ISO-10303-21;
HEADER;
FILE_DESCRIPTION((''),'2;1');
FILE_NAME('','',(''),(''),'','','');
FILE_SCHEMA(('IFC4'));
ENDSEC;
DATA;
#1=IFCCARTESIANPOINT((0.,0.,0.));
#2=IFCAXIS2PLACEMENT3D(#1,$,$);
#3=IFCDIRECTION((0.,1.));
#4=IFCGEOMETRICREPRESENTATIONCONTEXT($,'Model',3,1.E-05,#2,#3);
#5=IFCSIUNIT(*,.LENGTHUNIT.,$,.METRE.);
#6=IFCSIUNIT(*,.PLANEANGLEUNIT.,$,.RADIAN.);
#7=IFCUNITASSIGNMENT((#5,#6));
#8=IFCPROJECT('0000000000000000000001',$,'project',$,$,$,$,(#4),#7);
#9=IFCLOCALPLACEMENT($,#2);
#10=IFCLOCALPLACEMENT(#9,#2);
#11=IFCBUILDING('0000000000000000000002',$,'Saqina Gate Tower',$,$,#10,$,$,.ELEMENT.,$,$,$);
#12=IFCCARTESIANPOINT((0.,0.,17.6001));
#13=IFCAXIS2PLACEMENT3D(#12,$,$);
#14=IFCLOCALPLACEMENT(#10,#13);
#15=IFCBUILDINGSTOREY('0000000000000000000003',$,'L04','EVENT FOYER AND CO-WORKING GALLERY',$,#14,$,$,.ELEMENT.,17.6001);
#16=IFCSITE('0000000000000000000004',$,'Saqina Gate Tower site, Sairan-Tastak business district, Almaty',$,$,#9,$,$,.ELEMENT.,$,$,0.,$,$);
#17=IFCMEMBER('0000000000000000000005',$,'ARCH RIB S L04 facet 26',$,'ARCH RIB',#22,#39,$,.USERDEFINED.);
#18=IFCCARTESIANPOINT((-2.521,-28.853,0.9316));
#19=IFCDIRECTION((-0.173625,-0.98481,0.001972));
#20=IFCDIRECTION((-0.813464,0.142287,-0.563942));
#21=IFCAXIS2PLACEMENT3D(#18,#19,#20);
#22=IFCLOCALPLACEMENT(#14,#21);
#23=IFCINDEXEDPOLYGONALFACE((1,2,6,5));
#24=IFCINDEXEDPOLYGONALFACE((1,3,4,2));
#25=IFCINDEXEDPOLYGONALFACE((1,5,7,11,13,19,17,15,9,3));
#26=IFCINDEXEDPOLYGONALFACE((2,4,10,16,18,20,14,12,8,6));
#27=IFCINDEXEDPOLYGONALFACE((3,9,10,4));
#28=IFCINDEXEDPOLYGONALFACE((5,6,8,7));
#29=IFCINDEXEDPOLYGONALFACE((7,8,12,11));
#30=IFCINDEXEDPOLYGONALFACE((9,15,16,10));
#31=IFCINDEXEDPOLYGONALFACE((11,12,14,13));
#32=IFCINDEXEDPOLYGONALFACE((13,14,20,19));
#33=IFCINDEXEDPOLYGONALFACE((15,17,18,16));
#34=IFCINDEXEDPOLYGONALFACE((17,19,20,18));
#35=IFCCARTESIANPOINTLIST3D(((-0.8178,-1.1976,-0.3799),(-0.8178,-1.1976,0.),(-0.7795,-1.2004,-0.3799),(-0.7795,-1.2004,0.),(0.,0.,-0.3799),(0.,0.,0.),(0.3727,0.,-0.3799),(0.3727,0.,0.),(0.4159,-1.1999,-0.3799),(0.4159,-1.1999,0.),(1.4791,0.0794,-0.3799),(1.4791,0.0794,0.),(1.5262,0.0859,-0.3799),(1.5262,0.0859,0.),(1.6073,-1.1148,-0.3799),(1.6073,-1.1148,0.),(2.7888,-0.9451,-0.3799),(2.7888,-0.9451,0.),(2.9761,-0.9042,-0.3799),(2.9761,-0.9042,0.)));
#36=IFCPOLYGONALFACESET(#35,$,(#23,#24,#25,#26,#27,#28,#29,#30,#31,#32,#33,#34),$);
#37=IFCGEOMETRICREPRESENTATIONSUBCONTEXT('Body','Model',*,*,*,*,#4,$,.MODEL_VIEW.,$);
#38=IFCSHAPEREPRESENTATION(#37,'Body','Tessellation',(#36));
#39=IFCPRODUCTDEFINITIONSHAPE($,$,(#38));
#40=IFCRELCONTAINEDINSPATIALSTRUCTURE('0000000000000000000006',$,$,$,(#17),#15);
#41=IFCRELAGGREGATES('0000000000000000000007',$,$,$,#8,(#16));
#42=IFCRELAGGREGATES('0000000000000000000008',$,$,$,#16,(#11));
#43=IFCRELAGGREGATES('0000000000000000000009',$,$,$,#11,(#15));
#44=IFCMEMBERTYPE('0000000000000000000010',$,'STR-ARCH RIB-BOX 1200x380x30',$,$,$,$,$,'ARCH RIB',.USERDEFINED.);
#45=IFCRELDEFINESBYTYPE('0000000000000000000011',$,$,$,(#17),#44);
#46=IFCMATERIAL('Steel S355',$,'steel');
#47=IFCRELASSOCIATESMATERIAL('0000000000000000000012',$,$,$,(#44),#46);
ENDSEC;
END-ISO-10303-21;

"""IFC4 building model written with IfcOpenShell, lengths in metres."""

from ifc_helpers import new_model, si_unit, direction, frame, origin, origin_2d, place, context, subcontext, project, spatial, polyline, hollow_rectangle, outline, extrude, material, material_profile, profile_set, type_object, element, save


model = new_model("IFC4")

# Units and contexts
model_context = context("Model", 3, precision=1e-05, world=origin(), true_north=direction((0.0, 1.0)))
body_context = subcontext(model_context, "Body", "Model", "MODEL_VIEW")
ifc_project = project(units=[si_unit("LENGTHUNIT", "METRE"), si_unit("PLANEANGLEUNIT", "RADIAN")], contexts=[model_context])

# Site, building, storey
site_placement = place(None, origin())
site = spatial("IfcSite", under=ifc_project, at=site_placement, Name="Saqina Gate Tower site, Sairan-Tastak business district, Almaty", CompositionType="ELEMENT", RefElevation=0.0)
building_placement = place(site_placement, origin())
building = spatial("IfcBuilding", under=site, at=building_placement, Name="Saqina Gate Tower", CompositionType="ELEMENT")
storey_placement = place(building_placement, frame((0.0, 0.0, 17.6001)))
storey = spatial("IfcBuildingStorey", under=building, at=storey_placement, Name="L04", Description="EVENT FOYER AND CO-WORKING GALLERY", CompositionType="ELEMENT", Elevation=17.6001)

# Member
ifc_material_1 = material(Name="Steel S355", Category="steel")
ifc_material_profile_1 = material_profile(ifc_material_1, hollow_rectangle(XDim=1.2, YDim=0.3799, WallThickness=0.03, at=origin_2d()), Name="BOX 1200x380x30")
ifc_profile_set_1 = profile_set([ifc_material_profile_1], Name="Steel S355")
member_type_1 = type_object("IfcMemberType", Name="STR-ARCH RIB-BOX 1200x380x30", ElementType="ARCH RIB", PredefinedType="USERDEFINED", material=ifc_profile_set_1)
member_1_placement = place(storey_placement, frame((-2.521, -28.853, 0.9316), z_axis=(-0.173625, -0.98481, 0.001972), x_axis=(-0.813464, 0.142287, -0.563942)))
element("IfcMember", 1, at=member_1_placement, inside=storey, type_object=member_type_1, Name="ARCH RIB S L04 facet 26", ObjectType="ARCH RIB", PredefinedType="USERDEFINED", context=body_context, shape_type="SweptSolid", body=[
    extrude(outline(polyline([(0.0, 0.0), (0.3727, 0.0), (1.4791, 0.0794), (1.5262, 0.0859), (2.9761, -0.9042), (2.7888, -0.9451), (1.6073, -1.1148), (0.4159, -1.1999), (-0.7795, -1.2004), (-0.8178, -1.1976), (0.0, 0.0)])), origin(), (0.0, 0.0, -1.0), 0.3799),
])

save(model, "model.ifc")
